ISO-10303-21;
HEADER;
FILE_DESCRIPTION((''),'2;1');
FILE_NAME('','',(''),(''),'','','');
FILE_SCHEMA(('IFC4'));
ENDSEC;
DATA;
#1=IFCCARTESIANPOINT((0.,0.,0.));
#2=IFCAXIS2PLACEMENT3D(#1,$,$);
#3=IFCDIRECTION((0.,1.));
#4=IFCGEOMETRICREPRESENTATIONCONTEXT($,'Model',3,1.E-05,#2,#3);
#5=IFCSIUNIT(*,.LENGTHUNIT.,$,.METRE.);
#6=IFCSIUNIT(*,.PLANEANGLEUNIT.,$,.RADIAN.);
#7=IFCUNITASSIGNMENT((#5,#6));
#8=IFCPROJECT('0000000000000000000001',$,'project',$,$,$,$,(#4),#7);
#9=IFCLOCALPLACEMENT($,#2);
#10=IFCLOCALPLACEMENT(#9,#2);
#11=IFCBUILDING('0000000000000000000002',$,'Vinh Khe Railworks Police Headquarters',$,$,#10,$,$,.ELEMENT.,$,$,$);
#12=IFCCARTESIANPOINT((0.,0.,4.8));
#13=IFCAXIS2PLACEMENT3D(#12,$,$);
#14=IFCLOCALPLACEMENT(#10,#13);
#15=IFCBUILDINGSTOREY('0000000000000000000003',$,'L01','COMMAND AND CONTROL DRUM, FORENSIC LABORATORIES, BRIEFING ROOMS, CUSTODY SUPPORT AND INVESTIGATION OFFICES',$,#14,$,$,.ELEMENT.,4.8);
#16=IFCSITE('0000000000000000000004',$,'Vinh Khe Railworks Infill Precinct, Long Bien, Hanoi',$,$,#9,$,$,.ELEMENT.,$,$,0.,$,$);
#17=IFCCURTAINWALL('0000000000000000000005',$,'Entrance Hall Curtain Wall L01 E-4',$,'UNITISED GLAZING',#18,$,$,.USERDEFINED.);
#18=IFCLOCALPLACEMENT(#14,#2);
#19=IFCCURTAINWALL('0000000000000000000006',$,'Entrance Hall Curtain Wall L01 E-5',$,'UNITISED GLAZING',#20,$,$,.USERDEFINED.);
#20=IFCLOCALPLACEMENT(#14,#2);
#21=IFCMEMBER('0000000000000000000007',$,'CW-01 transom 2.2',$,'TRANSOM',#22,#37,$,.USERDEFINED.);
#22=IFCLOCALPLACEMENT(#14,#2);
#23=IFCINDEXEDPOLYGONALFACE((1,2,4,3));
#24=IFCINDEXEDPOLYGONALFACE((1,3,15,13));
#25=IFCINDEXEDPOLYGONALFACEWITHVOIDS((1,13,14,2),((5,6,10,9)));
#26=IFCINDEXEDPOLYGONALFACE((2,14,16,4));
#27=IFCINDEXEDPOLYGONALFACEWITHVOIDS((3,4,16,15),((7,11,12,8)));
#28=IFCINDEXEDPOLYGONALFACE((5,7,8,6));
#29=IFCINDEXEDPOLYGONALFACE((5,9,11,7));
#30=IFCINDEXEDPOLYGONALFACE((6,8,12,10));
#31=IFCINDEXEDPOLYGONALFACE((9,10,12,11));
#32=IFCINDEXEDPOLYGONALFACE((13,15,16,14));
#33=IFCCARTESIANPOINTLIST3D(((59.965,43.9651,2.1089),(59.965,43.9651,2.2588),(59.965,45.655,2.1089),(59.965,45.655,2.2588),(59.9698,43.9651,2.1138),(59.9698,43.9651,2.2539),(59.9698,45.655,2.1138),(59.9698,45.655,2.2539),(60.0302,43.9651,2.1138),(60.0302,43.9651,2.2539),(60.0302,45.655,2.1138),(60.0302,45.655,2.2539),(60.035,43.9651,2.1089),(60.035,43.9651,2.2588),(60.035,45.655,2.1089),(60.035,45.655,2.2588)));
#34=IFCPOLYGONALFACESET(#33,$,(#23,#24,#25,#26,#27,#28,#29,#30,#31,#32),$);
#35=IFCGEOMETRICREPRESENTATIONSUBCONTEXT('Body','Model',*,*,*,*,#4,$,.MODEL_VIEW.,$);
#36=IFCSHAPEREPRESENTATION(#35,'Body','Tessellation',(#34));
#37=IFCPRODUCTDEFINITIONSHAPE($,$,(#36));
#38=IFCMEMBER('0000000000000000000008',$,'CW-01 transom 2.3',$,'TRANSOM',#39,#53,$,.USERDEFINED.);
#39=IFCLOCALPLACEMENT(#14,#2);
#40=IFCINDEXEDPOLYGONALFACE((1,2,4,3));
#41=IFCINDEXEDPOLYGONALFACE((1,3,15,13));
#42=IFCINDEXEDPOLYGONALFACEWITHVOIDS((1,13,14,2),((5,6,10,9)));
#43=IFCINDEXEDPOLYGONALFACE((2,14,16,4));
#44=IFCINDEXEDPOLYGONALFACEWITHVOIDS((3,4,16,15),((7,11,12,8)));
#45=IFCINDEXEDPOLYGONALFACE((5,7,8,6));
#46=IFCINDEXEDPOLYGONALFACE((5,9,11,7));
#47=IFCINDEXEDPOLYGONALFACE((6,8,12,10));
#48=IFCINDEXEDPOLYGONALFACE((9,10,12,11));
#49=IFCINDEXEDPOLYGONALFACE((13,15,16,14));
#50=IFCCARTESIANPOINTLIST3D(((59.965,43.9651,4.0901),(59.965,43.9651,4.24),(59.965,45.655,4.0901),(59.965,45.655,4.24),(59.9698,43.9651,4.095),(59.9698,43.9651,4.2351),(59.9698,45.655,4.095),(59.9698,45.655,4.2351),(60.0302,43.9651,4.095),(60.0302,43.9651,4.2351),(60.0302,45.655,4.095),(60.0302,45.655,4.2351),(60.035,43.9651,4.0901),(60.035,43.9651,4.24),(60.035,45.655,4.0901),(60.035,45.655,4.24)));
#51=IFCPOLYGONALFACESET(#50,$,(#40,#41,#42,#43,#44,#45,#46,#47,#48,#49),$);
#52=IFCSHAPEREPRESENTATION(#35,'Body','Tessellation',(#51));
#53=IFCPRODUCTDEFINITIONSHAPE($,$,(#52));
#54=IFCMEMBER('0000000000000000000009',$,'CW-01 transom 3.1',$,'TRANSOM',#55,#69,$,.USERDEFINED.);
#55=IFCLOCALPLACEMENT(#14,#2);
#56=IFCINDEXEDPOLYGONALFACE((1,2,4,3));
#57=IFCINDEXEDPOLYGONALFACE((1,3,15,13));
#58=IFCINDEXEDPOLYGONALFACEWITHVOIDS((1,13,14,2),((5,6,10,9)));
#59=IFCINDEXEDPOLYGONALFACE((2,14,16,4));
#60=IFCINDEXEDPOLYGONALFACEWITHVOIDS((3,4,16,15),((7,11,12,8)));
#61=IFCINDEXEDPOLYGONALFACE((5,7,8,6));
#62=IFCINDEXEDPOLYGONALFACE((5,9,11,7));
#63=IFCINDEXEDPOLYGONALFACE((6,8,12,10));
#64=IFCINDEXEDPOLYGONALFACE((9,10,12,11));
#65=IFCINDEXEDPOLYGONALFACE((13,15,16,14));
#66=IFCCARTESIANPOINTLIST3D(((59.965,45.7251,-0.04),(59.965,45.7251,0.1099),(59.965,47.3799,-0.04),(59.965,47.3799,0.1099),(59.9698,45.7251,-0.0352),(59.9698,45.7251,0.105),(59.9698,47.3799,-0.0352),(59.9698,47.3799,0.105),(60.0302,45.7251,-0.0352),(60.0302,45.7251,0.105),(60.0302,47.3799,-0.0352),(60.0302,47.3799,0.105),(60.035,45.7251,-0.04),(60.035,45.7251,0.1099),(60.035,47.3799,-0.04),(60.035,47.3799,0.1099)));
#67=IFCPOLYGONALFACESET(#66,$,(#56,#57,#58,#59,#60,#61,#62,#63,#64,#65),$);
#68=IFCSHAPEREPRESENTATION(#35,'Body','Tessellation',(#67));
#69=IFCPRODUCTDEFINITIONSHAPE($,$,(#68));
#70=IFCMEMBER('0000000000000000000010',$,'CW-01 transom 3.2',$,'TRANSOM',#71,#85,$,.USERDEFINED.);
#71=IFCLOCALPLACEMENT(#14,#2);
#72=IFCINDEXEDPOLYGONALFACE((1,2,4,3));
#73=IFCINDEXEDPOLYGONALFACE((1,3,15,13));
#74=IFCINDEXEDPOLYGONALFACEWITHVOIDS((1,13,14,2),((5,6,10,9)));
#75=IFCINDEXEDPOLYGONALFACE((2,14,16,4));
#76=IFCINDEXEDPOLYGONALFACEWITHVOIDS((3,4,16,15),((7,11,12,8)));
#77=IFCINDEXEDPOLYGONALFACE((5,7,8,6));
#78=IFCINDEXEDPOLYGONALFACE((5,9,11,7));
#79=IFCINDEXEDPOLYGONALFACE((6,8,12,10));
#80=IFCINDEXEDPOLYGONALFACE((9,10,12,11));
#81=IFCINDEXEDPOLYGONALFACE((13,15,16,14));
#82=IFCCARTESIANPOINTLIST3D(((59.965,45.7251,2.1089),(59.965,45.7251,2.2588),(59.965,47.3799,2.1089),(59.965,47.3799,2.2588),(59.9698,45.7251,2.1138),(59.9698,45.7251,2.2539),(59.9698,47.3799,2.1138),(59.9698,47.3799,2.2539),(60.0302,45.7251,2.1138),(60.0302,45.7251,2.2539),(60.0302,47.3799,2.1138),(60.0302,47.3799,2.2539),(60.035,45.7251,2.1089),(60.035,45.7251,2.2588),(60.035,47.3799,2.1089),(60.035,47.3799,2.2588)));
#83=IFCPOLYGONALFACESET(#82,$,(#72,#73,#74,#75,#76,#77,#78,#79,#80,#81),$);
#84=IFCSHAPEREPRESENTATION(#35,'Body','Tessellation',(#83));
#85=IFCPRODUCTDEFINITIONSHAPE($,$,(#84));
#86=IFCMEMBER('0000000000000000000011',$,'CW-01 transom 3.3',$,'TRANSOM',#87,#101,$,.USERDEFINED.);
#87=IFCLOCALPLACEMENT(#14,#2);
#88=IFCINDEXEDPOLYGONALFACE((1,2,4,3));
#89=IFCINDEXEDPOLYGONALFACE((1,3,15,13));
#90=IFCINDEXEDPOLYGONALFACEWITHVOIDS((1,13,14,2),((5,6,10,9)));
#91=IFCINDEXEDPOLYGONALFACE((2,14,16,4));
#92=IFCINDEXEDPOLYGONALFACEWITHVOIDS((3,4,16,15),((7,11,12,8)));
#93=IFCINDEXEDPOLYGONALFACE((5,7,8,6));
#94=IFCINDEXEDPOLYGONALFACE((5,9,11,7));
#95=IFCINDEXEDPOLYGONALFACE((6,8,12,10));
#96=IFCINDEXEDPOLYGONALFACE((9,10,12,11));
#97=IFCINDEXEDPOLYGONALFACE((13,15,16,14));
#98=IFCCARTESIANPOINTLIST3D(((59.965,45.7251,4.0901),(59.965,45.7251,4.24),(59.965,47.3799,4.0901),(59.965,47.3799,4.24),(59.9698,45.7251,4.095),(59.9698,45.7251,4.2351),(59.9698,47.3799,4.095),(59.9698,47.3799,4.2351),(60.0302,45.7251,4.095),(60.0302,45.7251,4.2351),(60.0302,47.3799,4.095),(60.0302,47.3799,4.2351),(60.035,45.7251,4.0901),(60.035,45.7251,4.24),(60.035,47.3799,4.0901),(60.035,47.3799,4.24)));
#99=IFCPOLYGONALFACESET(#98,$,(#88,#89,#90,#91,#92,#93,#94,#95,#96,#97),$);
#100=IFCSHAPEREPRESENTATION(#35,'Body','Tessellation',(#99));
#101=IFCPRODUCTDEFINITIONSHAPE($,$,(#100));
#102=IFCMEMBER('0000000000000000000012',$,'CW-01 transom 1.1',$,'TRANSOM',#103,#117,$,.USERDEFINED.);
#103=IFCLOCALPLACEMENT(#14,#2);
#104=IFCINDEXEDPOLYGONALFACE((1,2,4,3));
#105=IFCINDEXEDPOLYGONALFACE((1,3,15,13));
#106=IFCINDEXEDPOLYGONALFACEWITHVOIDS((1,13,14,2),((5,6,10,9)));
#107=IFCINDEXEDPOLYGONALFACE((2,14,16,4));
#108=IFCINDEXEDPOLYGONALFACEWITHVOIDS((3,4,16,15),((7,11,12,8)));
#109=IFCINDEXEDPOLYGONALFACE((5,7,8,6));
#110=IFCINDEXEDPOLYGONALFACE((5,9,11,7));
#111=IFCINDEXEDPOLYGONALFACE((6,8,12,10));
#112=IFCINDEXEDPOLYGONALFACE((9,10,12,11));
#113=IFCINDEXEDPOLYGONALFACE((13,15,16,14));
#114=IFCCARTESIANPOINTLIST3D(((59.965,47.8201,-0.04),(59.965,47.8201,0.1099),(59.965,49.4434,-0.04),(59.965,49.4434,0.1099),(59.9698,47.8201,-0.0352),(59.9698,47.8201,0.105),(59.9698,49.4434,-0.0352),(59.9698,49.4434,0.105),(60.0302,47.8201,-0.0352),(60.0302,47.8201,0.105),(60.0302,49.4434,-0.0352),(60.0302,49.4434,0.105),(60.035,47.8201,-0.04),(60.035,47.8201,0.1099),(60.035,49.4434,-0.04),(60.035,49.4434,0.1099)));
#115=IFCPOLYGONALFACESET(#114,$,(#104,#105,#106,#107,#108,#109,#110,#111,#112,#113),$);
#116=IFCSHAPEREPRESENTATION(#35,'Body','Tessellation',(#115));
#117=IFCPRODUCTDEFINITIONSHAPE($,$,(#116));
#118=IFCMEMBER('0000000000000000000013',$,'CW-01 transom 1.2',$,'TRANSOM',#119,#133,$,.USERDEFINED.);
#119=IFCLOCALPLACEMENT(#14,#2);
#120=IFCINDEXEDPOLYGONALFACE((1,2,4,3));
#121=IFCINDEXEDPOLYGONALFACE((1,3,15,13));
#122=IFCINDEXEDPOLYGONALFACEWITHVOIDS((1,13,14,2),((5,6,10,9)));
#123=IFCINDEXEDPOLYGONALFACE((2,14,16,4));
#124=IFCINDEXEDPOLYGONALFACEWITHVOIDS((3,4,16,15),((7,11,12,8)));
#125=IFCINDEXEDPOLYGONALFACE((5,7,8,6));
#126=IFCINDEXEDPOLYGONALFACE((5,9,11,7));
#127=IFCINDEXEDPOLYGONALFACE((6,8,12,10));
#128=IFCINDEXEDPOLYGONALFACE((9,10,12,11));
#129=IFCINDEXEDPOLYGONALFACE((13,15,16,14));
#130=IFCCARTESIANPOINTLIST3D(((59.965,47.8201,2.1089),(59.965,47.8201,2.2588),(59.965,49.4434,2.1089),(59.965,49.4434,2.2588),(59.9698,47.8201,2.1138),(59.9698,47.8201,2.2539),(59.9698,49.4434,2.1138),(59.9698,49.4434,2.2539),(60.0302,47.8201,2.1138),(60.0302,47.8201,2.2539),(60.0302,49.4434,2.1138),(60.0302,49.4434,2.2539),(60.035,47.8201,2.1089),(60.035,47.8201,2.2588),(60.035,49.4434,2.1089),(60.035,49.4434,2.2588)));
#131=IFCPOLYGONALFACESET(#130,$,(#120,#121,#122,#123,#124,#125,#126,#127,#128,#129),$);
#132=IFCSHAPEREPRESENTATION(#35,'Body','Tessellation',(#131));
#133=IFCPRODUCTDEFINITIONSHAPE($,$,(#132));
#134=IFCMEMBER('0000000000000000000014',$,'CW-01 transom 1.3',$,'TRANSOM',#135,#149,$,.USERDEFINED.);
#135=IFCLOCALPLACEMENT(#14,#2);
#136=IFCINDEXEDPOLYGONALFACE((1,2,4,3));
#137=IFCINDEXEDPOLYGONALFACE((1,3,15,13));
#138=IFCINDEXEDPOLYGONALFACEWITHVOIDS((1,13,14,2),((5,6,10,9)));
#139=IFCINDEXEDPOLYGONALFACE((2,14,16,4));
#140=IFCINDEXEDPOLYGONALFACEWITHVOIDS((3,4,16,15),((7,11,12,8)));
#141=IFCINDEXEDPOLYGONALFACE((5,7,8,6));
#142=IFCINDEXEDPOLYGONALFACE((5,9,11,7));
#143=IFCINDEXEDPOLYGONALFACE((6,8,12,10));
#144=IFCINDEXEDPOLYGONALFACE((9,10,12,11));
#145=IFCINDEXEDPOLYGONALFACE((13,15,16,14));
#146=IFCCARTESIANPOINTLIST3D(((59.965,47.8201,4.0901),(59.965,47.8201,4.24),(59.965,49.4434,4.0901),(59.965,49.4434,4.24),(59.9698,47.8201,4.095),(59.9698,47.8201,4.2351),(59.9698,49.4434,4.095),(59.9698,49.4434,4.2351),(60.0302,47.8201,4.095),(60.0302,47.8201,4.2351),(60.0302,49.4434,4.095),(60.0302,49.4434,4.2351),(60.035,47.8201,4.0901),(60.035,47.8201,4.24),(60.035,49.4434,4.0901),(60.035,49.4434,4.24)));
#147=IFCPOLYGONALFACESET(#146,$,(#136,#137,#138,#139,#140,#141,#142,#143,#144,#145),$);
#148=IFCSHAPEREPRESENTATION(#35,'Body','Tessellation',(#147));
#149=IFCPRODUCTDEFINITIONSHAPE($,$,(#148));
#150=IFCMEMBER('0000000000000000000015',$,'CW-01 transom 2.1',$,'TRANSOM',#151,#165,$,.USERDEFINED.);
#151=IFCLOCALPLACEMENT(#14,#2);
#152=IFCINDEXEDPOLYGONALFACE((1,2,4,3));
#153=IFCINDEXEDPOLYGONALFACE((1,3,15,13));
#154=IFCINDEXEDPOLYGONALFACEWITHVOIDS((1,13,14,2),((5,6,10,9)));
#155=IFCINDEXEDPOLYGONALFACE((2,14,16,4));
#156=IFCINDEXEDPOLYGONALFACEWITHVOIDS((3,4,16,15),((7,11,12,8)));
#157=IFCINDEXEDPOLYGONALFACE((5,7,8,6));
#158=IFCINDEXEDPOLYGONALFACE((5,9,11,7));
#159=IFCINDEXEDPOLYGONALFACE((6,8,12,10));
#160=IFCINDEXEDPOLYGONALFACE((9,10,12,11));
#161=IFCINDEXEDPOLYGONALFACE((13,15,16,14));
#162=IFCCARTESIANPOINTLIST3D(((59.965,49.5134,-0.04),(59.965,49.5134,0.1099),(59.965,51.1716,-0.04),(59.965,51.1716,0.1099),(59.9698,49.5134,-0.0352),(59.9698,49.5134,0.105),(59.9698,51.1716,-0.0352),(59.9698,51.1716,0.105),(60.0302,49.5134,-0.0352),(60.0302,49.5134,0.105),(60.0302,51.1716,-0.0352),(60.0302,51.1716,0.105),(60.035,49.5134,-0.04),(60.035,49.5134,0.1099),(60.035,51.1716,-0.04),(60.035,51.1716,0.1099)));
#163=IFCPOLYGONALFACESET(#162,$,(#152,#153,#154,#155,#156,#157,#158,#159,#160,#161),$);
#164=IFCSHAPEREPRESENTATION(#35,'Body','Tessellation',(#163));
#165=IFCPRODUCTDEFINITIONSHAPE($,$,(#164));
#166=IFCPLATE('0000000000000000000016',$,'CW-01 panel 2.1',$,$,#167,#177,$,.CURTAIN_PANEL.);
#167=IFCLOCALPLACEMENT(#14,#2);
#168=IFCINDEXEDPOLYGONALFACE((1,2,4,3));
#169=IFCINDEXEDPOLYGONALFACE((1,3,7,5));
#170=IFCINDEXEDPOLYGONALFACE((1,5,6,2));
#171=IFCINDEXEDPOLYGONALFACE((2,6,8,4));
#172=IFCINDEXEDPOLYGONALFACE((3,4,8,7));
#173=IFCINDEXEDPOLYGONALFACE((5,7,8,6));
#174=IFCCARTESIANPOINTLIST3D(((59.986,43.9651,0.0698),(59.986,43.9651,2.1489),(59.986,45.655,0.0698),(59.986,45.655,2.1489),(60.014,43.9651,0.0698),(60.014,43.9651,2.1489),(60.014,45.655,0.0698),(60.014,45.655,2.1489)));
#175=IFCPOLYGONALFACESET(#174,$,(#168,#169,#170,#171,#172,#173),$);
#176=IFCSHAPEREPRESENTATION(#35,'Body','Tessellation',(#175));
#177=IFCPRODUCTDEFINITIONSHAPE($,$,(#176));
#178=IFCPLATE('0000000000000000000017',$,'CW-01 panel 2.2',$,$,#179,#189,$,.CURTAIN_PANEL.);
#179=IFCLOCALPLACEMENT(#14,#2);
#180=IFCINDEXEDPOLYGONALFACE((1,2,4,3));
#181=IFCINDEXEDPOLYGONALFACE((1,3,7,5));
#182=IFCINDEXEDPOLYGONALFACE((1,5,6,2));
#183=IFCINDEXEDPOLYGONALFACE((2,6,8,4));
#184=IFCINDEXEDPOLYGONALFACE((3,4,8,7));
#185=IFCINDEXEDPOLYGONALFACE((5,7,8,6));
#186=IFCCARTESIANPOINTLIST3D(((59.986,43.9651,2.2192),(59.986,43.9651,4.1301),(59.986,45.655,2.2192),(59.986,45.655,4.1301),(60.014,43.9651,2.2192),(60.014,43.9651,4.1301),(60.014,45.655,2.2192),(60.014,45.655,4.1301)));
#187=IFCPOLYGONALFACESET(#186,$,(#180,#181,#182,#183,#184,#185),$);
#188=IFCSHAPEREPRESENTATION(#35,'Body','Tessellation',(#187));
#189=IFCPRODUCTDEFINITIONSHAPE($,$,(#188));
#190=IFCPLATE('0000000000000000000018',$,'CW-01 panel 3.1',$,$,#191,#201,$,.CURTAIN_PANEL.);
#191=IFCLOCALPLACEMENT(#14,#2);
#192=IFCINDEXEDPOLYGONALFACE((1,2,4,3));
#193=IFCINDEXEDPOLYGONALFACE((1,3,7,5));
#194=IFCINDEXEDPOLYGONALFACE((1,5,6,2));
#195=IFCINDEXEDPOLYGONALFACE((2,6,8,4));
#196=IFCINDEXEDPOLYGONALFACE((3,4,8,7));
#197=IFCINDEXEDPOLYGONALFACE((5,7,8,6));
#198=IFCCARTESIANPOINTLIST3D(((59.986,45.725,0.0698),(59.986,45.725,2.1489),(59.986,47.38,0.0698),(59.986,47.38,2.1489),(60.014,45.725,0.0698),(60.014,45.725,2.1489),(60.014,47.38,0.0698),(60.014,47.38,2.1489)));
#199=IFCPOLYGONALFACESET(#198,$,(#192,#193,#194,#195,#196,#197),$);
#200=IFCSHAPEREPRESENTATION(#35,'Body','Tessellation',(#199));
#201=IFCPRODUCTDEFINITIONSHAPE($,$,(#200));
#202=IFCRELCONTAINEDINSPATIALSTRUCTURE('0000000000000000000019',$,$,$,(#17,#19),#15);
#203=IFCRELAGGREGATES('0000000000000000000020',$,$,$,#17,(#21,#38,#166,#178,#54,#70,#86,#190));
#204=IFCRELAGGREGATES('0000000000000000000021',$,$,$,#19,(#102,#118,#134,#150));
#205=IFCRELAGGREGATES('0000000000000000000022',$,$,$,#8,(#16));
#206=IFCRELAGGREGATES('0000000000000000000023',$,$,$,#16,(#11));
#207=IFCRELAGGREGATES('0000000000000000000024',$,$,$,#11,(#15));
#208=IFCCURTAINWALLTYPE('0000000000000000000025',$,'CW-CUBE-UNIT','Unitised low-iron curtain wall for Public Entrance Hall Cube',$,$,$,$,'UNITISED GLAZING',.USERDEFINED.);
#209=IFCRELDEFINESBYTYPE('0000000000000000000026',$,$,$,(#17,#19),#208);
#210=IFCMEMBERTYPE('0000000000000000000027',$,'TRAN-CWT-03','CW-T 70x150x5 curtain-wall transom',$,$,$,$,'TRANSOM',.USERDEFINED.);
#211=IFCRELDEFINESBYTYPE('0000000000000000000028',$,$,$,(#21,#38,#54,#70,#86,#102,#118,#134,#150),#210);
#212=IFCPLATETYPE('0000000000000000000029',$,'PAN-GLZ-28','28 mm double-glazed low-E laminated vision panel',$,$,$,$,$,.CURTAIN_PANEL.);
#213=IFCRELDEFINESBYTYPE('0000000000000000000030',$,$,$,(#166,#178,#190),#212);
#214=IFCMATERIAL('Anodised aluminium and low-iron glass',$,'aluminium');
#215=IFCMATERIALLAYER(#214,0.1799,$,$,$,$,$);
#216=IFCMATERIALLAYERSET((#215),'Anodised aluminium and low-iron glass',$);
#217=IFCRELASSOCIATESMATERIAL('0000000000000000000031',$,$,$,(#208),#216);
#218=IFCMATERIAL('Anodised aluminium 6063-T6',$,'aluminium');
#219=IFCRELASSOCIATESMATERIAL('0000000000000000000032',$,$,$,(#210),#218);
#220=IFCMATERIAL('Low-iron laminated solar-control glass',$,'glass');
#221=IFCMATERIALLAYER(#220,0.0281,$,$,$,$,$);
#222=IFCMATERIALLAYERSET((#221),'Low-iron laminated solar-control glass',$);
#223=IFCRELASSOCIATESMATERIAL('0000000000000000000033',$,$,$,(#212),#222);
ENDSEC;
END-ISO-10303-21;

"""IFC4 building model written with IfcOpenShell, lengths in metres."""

from ifc_helpers import new_model, si_unit, direction, frame, origin, origin_2d, place, context, subcontext, project, spatial, rectangle, hollow_rectangle, extrude, material, layer, layer_set, material_profile, profile_set, type_object, element, aggregate, save


model = new_model("IFC4")

# Units and contexts
model_context = context("Model", 3, precision=1e-05, world=origin(), true_north=direction((0.0, 1.0)))
body_context = subcontext(model_context, "Body", "Model", "MODEL_VIEW")
ifc_project = project(units=[si_unit("LENGTHUNIT", "METRE"), si_unit("PLANEANGLEUNIT", "RADIAN")], contexts=[model_context])

# Site, building, storey
site_placement = place(None, origin())
site = spatial("IfcSite", under=ifc_project, at=site_placement, Name="Vinh Khe Railworks Infill Precinct, Long Bien, Hanoi", CompositionType="ELEMENT", RefElevation=0.0)
building_placement = place(site_placement, origin())
building = spatial("IfcBuilding", under=site, at=building_placement, Name="Vinh Khe Railworks Police Headquarters", CompositionType="ELEMENT")
storey_placement = place(building_placement, frame((0.0, 0.0, 4.8)))
storey = spatial("IfcBuildingStorey", under=building, at=storey_placement, Name="L01", Description="COMMAND AND CONTROL DRUM, FORENSIC LABORATORIES, BRIEFING ROOMS, CUSTODY SUPPORT AND INVESTIGATION OFFICES", CompositionType="ELEMENT", Elevation=4.8)

# Curtain walls
ifc_material_1 = material(Name="Anodised aluminium and low-iron glass", Category="aluminium")
ifc_layer_1 = layer(ifc_material_1, 0.1799)
ifc_layer_set_1 = layer_set([ifc_layer_1], Name="Anodised aluminium and low-iron glass")
curtain_wall_type = type_object("IfcCurtainWallType", Name="CW-CUBE-UNIT", Description="Unitised low-iron curtain wall for Public Entrance Hall Cube", ElementType="UNITISED GLAZING", PredefinedType="USERDEFINED", material=ifc_layer_set_1)
curtain_wall_1_placement = place(storey_placement, origin())
curtain_wall_1 = element("IfcCurtainWall", 1, at=curtain_wall_1_placement, inside=storey, type_object=curtain_wall_type, Name="Entrance Hall Curtain Wall L01 E-4", ObjectType="UNITISED GLAZING", PredefinedType="USERDEFINED")
ifc_material_2 = material(Name="Anodised aluminium 6063-T6", Category="aluminium")
curtain_wall_2_placement = place(storey_placement, origin())
curtain_wall_2 = element("IfcCurtainWall", 2, at=curtain_wall_2_placement, inside=storey, type_object=curtain_wall_type, Name="Entrance Hall Curtain Wall L01 E-5", ObjectType="UNITISED GLAZING", PredefinedType="USERDEFINED")

# Members
ifc_material_profile_1 = material_profile(ifc_material_2, hollow_rectangle(XDim=0.0701, YDim=0.1499, WallThickness=0.0049, at=origin_2d()), Name="CW-T 70x150x5")
ifc_profile_set_1 = profile_set([ifc_material_profile_1], Name="Anodised aluminium 6063-T6")
member_type_1 = type_object("IfcMemberType", Name="TRAN-CWT-03", Description="CW-T 70x150x5 curtain-wall transom", ElementType="TRANSOM", PredefinedType="USERDEFINED", material=ifc_profile_set_1)
member_1_placement = place(storey_placement, frame((60.0, 43.9651, 2.1838), z_axis=(0.0, 1.0, 0.0), x_axis=(-1.0, 0.0, 0.0)))
member_1 = element("IfcMember", 3, at=member_1_placement, type_object=member_type_1, Name="CW-01 transom 2.2", ObjectType="TRANSOM", PredefinedType="USERDEFINED", context=body_context, shape_type="SweptSolid", body=[
    extrude(hollow_rectangle(XDim=0.0701, YDim=0.1499, WallThickness=0.0049, at=origin_2d()), origin(), (0.0, 0.0, 1.0), 1.6899),
])
member_2_placement = place(storey_placement, frame((60.0, 43.9651, 4.165), z_axis=(0.0, 1.0, 0.0), x_axis=(-1.0, 0.0, 0.0)))
member_2 = element("IfcMember", 4, at=member_2_placement, type_object=member_type_1, Name="CW-01 transom 2.3", ObjectType="TRANSOM", PredefinedType="USERDEFINED", context=body_context, shape_type="SweptSolid", body=[
    extrude(hollow_rectangle(XDim=0.0701, YDim=0.1499, WallThickness=0.0049, at=origin_2d()), origin(), (0.0, 0.0, 1.0), 1.6899),
])
member_3_placement = place(storey_placement, frame((60.0, 45.7251, 0.0349), z_axis=(0.0, 1.0, 0.0), x_axis=(-1.0, 0.0, 0.0)))
member_3 = element("IfcMember", 5, at=member_3_placement, type_object=member_type_1, Name="CW-01 transom 3.1", ObjectType="TRANSOM", PredefinedType="USERDEFINED", context=body_context, shape_type="SweptSolid", body=[
    extrude(hollow_rectangle(XDim=0.0701, YDim=0.1499, WallThickness=0.0049, at=origin_2d()), origin(), (0.0, 0.0, 1.0), 1.6548),
])
member_4_placement = place(storey_placement, frame((60.0, 45.7251, 2.1838), z_axis=(0.0, 1.0, 0.0), x_axis=(-1.0, 0.0, 0.0)))
member_4 = element("IfcMember", 6, at=member_4_placement, type_object=member_type_1, Name="CW-01 transom 3.2", ObjectType="TRANSOM", PredefinedType="USERDEFINED", context=body_context, shape_type="SweptSolid", body=[
    extrude(hollow_rectangle(XDim=0.0701, YDim=0.1499, WallThickness=0.0049, at=origin_2d()), origin(), (0.0, 0.0, 1.0), 1.6548),
])
member_5_placement = place(storey_placement, frame((60.0, 45.7251, 4.165), z_axis=(0.0, 1.0, 0.0), x_axis=(-1.0, 0.0, 0.0)))
member_5 = element("IfcMember", 7, at=member_5_placement, type_object=member_type_1, Name="CW-01 transom 3.3", ObjectType="TRANSOM", PredefinedType="USERDEFINED", context=body_context, shape_type="SweptSolid", body=[
    extrude(hollow_rectangle(XDim=0.0701, YDim=0.1499, WallThickness=0.0049, at=origin_2d()), origin(), (0.0, 0.0, 1.0), 1.6548),
])
member_6_placement = place(storey_placement, frame((60.0, 47.8201, 0.0349), z_axis=(0.0, 1.0, 0.0), x_axis=(-1.0, 0.0, 0.0)))
member_6 = element("IfcMember", 8, at=member_6_placement, type_object=member_type_1, Name="CW-01 transom 1.1", ObjectType="TRANSOM", PredefinedType="USERDEFINED", context=body_context, shape_type="SweptSolid", body=[
    extrude(hollow_rectangle(XDim=0.0701, YDim=0.1499, WallThickness=0.0049, at=origin_2d()), origin(), (0.0, 0.0, 1.0), 1.6233),
])
member_7_placement = place(storey_placement, frame((60.0, 47.8201, 2.1838), z_axis=(0.0, 1.0, 0.0), x_axis=(-1.0, 0.0, 0.0)))
member_7 = element("IfcMember", 9, at=member_7_placement, type_object=member_type_1, Name="CW-01 transom 1.2", ObjectType="TRANSOM", PredefinedType="USERDEFINED", context=body_context, shape_type="SweptSolid", body=[
    extrude(hollow_rectangle(XDim=0.0701, YDim=0.1499, WallThickness=0.0049, at=origin_2d()), origin(), (0.0, 0.0, 1.0), 1.6233),
])
member_8_placement = place(storey_placement, frame((60.0, 47.8201, 4.165), z_axis=(0.0, 1.0, 0.0), x_axis=(-1.0, 0.0, 0.0)))
member_8 = element("IfcMember", 10, at=member_8_placement, type_object=member_type_1, Name="CW-01 transom 1.3", ObjectType="TRANSOM", PredefinedType="USERDEFINED", context=body_context, shape_type="SweptSolid", body=[
    extrude(hollow_rectangle(XDim=0.0701, YDim=0.1499, WallThickness=0.0049, at=origin_2d()), origin(), (0.0, 0.0, 1.0), 1.6233),
])
member_9_placement = place(storey_placement, frame((60.0, 49.5134, 0.0349), z_axis=(0.0, 1.0, 0.0), x_axis=(-1.0, 0.0, 0.0)))
member_9 = element("IfcMember", 11, at=member_9_placement, type_object=member_type_1, Name="CW-01 transom 2.1", ObjectType="TRANSOM", PredefinedType="USERDEFINED", context=body_context, shape_type="SweptSolid", body=[
    extrude(hollow_rectangle(XDim=0.0701, YDim=0.1499, WallThickness=0.0049, at=origin_2d()), origin(), (0.0, 0.0, 1.0), 1.6582),
])

# Plates
ifc_material_3 = material(Name="Low-iron laminated solar-control glass", Category="glass")
ifc_layer_2 = layer(ifc_material_3, 0.0281)
ifc_layer_set_2 = layer_set([ifc_layer_2], Name="Low-iron laminated solar-control glass")
plate_type = type_object("IfcPlateType", Name="PAN-GLZ-28", Description="28 mm double-glazed low-E laminated vision panel", PredefinedType="CURTAIN_PANEL", material=ifc_layer_set_2)
plate_1_placement = place(storey_placement, frame((60.0, 44.8101, 0.0698), z_axis=(0.0, 0.0, 1.0), x_axis=(0.0, 1.0, 0.0)))
plate_1 = element("IfcPlate", 12, at=plate_1_placement, type_object=plate_type, Name="CW-01 panel 2.1", PredefinedType="CURTAIN_PANEL", context=body_context, shape_type="SweptSolid", body=[
    extrude(rectangle(XDim=1.6899, YDim=0.0281, at=origin_2d()), origin(), (0.0, 0.0, 1.0), 2.0791),
])
plate_2_placement = place(storey_placement, frame((60.0, 44.8101, 2.2192), z_axis=(0.0, 0.0, 1.0), x_axis=(0.0, 1.0, 0.0)))
plate_2 = element("IfcPlate", 13, at=plate_2_placement, type_object=plate_type, Name="CW-01 panel 2.2", PredefinedType="CURTAIN_PANEL", context=body_context, shape_type="SweptSolid", body=[
    extrude(rectangle(XDim=1.6899, YDim=0.0281, at=origin_2d()), origin(), (0.0, 0.0, 1.0), 1.9109),
])
plate_3_placement = place(storey_placement, frame((60.0, 46.5525, 0.0698), z_axis=(0.0, 0.0, 1.0), x_axis=(0.0, 1.0, 0.0)))
plate_3 = element("IfcPlate", 14, at=plate_3_placement, type_object=plate_type, Name="CW-01 panel 3.1", PredefinedType="CURTAIN_PANEL", context=body_context, shape_type="SweptSolid", body=[
    extrude(rectangle(XDim=1.655, YDim=0.0281, at=origin_2d()), origin(), (0.0, 0.0, 1.0), 2.0791),
])
aggregate(curtain_wall_1, [member_1, member_2, plate_1, plate_2, member_3, member_4, member_5, plate_3])
aggregate(curtain_wall_2, [member_6, member_7, member_8, member_9])

save(model, "model.ifc")
